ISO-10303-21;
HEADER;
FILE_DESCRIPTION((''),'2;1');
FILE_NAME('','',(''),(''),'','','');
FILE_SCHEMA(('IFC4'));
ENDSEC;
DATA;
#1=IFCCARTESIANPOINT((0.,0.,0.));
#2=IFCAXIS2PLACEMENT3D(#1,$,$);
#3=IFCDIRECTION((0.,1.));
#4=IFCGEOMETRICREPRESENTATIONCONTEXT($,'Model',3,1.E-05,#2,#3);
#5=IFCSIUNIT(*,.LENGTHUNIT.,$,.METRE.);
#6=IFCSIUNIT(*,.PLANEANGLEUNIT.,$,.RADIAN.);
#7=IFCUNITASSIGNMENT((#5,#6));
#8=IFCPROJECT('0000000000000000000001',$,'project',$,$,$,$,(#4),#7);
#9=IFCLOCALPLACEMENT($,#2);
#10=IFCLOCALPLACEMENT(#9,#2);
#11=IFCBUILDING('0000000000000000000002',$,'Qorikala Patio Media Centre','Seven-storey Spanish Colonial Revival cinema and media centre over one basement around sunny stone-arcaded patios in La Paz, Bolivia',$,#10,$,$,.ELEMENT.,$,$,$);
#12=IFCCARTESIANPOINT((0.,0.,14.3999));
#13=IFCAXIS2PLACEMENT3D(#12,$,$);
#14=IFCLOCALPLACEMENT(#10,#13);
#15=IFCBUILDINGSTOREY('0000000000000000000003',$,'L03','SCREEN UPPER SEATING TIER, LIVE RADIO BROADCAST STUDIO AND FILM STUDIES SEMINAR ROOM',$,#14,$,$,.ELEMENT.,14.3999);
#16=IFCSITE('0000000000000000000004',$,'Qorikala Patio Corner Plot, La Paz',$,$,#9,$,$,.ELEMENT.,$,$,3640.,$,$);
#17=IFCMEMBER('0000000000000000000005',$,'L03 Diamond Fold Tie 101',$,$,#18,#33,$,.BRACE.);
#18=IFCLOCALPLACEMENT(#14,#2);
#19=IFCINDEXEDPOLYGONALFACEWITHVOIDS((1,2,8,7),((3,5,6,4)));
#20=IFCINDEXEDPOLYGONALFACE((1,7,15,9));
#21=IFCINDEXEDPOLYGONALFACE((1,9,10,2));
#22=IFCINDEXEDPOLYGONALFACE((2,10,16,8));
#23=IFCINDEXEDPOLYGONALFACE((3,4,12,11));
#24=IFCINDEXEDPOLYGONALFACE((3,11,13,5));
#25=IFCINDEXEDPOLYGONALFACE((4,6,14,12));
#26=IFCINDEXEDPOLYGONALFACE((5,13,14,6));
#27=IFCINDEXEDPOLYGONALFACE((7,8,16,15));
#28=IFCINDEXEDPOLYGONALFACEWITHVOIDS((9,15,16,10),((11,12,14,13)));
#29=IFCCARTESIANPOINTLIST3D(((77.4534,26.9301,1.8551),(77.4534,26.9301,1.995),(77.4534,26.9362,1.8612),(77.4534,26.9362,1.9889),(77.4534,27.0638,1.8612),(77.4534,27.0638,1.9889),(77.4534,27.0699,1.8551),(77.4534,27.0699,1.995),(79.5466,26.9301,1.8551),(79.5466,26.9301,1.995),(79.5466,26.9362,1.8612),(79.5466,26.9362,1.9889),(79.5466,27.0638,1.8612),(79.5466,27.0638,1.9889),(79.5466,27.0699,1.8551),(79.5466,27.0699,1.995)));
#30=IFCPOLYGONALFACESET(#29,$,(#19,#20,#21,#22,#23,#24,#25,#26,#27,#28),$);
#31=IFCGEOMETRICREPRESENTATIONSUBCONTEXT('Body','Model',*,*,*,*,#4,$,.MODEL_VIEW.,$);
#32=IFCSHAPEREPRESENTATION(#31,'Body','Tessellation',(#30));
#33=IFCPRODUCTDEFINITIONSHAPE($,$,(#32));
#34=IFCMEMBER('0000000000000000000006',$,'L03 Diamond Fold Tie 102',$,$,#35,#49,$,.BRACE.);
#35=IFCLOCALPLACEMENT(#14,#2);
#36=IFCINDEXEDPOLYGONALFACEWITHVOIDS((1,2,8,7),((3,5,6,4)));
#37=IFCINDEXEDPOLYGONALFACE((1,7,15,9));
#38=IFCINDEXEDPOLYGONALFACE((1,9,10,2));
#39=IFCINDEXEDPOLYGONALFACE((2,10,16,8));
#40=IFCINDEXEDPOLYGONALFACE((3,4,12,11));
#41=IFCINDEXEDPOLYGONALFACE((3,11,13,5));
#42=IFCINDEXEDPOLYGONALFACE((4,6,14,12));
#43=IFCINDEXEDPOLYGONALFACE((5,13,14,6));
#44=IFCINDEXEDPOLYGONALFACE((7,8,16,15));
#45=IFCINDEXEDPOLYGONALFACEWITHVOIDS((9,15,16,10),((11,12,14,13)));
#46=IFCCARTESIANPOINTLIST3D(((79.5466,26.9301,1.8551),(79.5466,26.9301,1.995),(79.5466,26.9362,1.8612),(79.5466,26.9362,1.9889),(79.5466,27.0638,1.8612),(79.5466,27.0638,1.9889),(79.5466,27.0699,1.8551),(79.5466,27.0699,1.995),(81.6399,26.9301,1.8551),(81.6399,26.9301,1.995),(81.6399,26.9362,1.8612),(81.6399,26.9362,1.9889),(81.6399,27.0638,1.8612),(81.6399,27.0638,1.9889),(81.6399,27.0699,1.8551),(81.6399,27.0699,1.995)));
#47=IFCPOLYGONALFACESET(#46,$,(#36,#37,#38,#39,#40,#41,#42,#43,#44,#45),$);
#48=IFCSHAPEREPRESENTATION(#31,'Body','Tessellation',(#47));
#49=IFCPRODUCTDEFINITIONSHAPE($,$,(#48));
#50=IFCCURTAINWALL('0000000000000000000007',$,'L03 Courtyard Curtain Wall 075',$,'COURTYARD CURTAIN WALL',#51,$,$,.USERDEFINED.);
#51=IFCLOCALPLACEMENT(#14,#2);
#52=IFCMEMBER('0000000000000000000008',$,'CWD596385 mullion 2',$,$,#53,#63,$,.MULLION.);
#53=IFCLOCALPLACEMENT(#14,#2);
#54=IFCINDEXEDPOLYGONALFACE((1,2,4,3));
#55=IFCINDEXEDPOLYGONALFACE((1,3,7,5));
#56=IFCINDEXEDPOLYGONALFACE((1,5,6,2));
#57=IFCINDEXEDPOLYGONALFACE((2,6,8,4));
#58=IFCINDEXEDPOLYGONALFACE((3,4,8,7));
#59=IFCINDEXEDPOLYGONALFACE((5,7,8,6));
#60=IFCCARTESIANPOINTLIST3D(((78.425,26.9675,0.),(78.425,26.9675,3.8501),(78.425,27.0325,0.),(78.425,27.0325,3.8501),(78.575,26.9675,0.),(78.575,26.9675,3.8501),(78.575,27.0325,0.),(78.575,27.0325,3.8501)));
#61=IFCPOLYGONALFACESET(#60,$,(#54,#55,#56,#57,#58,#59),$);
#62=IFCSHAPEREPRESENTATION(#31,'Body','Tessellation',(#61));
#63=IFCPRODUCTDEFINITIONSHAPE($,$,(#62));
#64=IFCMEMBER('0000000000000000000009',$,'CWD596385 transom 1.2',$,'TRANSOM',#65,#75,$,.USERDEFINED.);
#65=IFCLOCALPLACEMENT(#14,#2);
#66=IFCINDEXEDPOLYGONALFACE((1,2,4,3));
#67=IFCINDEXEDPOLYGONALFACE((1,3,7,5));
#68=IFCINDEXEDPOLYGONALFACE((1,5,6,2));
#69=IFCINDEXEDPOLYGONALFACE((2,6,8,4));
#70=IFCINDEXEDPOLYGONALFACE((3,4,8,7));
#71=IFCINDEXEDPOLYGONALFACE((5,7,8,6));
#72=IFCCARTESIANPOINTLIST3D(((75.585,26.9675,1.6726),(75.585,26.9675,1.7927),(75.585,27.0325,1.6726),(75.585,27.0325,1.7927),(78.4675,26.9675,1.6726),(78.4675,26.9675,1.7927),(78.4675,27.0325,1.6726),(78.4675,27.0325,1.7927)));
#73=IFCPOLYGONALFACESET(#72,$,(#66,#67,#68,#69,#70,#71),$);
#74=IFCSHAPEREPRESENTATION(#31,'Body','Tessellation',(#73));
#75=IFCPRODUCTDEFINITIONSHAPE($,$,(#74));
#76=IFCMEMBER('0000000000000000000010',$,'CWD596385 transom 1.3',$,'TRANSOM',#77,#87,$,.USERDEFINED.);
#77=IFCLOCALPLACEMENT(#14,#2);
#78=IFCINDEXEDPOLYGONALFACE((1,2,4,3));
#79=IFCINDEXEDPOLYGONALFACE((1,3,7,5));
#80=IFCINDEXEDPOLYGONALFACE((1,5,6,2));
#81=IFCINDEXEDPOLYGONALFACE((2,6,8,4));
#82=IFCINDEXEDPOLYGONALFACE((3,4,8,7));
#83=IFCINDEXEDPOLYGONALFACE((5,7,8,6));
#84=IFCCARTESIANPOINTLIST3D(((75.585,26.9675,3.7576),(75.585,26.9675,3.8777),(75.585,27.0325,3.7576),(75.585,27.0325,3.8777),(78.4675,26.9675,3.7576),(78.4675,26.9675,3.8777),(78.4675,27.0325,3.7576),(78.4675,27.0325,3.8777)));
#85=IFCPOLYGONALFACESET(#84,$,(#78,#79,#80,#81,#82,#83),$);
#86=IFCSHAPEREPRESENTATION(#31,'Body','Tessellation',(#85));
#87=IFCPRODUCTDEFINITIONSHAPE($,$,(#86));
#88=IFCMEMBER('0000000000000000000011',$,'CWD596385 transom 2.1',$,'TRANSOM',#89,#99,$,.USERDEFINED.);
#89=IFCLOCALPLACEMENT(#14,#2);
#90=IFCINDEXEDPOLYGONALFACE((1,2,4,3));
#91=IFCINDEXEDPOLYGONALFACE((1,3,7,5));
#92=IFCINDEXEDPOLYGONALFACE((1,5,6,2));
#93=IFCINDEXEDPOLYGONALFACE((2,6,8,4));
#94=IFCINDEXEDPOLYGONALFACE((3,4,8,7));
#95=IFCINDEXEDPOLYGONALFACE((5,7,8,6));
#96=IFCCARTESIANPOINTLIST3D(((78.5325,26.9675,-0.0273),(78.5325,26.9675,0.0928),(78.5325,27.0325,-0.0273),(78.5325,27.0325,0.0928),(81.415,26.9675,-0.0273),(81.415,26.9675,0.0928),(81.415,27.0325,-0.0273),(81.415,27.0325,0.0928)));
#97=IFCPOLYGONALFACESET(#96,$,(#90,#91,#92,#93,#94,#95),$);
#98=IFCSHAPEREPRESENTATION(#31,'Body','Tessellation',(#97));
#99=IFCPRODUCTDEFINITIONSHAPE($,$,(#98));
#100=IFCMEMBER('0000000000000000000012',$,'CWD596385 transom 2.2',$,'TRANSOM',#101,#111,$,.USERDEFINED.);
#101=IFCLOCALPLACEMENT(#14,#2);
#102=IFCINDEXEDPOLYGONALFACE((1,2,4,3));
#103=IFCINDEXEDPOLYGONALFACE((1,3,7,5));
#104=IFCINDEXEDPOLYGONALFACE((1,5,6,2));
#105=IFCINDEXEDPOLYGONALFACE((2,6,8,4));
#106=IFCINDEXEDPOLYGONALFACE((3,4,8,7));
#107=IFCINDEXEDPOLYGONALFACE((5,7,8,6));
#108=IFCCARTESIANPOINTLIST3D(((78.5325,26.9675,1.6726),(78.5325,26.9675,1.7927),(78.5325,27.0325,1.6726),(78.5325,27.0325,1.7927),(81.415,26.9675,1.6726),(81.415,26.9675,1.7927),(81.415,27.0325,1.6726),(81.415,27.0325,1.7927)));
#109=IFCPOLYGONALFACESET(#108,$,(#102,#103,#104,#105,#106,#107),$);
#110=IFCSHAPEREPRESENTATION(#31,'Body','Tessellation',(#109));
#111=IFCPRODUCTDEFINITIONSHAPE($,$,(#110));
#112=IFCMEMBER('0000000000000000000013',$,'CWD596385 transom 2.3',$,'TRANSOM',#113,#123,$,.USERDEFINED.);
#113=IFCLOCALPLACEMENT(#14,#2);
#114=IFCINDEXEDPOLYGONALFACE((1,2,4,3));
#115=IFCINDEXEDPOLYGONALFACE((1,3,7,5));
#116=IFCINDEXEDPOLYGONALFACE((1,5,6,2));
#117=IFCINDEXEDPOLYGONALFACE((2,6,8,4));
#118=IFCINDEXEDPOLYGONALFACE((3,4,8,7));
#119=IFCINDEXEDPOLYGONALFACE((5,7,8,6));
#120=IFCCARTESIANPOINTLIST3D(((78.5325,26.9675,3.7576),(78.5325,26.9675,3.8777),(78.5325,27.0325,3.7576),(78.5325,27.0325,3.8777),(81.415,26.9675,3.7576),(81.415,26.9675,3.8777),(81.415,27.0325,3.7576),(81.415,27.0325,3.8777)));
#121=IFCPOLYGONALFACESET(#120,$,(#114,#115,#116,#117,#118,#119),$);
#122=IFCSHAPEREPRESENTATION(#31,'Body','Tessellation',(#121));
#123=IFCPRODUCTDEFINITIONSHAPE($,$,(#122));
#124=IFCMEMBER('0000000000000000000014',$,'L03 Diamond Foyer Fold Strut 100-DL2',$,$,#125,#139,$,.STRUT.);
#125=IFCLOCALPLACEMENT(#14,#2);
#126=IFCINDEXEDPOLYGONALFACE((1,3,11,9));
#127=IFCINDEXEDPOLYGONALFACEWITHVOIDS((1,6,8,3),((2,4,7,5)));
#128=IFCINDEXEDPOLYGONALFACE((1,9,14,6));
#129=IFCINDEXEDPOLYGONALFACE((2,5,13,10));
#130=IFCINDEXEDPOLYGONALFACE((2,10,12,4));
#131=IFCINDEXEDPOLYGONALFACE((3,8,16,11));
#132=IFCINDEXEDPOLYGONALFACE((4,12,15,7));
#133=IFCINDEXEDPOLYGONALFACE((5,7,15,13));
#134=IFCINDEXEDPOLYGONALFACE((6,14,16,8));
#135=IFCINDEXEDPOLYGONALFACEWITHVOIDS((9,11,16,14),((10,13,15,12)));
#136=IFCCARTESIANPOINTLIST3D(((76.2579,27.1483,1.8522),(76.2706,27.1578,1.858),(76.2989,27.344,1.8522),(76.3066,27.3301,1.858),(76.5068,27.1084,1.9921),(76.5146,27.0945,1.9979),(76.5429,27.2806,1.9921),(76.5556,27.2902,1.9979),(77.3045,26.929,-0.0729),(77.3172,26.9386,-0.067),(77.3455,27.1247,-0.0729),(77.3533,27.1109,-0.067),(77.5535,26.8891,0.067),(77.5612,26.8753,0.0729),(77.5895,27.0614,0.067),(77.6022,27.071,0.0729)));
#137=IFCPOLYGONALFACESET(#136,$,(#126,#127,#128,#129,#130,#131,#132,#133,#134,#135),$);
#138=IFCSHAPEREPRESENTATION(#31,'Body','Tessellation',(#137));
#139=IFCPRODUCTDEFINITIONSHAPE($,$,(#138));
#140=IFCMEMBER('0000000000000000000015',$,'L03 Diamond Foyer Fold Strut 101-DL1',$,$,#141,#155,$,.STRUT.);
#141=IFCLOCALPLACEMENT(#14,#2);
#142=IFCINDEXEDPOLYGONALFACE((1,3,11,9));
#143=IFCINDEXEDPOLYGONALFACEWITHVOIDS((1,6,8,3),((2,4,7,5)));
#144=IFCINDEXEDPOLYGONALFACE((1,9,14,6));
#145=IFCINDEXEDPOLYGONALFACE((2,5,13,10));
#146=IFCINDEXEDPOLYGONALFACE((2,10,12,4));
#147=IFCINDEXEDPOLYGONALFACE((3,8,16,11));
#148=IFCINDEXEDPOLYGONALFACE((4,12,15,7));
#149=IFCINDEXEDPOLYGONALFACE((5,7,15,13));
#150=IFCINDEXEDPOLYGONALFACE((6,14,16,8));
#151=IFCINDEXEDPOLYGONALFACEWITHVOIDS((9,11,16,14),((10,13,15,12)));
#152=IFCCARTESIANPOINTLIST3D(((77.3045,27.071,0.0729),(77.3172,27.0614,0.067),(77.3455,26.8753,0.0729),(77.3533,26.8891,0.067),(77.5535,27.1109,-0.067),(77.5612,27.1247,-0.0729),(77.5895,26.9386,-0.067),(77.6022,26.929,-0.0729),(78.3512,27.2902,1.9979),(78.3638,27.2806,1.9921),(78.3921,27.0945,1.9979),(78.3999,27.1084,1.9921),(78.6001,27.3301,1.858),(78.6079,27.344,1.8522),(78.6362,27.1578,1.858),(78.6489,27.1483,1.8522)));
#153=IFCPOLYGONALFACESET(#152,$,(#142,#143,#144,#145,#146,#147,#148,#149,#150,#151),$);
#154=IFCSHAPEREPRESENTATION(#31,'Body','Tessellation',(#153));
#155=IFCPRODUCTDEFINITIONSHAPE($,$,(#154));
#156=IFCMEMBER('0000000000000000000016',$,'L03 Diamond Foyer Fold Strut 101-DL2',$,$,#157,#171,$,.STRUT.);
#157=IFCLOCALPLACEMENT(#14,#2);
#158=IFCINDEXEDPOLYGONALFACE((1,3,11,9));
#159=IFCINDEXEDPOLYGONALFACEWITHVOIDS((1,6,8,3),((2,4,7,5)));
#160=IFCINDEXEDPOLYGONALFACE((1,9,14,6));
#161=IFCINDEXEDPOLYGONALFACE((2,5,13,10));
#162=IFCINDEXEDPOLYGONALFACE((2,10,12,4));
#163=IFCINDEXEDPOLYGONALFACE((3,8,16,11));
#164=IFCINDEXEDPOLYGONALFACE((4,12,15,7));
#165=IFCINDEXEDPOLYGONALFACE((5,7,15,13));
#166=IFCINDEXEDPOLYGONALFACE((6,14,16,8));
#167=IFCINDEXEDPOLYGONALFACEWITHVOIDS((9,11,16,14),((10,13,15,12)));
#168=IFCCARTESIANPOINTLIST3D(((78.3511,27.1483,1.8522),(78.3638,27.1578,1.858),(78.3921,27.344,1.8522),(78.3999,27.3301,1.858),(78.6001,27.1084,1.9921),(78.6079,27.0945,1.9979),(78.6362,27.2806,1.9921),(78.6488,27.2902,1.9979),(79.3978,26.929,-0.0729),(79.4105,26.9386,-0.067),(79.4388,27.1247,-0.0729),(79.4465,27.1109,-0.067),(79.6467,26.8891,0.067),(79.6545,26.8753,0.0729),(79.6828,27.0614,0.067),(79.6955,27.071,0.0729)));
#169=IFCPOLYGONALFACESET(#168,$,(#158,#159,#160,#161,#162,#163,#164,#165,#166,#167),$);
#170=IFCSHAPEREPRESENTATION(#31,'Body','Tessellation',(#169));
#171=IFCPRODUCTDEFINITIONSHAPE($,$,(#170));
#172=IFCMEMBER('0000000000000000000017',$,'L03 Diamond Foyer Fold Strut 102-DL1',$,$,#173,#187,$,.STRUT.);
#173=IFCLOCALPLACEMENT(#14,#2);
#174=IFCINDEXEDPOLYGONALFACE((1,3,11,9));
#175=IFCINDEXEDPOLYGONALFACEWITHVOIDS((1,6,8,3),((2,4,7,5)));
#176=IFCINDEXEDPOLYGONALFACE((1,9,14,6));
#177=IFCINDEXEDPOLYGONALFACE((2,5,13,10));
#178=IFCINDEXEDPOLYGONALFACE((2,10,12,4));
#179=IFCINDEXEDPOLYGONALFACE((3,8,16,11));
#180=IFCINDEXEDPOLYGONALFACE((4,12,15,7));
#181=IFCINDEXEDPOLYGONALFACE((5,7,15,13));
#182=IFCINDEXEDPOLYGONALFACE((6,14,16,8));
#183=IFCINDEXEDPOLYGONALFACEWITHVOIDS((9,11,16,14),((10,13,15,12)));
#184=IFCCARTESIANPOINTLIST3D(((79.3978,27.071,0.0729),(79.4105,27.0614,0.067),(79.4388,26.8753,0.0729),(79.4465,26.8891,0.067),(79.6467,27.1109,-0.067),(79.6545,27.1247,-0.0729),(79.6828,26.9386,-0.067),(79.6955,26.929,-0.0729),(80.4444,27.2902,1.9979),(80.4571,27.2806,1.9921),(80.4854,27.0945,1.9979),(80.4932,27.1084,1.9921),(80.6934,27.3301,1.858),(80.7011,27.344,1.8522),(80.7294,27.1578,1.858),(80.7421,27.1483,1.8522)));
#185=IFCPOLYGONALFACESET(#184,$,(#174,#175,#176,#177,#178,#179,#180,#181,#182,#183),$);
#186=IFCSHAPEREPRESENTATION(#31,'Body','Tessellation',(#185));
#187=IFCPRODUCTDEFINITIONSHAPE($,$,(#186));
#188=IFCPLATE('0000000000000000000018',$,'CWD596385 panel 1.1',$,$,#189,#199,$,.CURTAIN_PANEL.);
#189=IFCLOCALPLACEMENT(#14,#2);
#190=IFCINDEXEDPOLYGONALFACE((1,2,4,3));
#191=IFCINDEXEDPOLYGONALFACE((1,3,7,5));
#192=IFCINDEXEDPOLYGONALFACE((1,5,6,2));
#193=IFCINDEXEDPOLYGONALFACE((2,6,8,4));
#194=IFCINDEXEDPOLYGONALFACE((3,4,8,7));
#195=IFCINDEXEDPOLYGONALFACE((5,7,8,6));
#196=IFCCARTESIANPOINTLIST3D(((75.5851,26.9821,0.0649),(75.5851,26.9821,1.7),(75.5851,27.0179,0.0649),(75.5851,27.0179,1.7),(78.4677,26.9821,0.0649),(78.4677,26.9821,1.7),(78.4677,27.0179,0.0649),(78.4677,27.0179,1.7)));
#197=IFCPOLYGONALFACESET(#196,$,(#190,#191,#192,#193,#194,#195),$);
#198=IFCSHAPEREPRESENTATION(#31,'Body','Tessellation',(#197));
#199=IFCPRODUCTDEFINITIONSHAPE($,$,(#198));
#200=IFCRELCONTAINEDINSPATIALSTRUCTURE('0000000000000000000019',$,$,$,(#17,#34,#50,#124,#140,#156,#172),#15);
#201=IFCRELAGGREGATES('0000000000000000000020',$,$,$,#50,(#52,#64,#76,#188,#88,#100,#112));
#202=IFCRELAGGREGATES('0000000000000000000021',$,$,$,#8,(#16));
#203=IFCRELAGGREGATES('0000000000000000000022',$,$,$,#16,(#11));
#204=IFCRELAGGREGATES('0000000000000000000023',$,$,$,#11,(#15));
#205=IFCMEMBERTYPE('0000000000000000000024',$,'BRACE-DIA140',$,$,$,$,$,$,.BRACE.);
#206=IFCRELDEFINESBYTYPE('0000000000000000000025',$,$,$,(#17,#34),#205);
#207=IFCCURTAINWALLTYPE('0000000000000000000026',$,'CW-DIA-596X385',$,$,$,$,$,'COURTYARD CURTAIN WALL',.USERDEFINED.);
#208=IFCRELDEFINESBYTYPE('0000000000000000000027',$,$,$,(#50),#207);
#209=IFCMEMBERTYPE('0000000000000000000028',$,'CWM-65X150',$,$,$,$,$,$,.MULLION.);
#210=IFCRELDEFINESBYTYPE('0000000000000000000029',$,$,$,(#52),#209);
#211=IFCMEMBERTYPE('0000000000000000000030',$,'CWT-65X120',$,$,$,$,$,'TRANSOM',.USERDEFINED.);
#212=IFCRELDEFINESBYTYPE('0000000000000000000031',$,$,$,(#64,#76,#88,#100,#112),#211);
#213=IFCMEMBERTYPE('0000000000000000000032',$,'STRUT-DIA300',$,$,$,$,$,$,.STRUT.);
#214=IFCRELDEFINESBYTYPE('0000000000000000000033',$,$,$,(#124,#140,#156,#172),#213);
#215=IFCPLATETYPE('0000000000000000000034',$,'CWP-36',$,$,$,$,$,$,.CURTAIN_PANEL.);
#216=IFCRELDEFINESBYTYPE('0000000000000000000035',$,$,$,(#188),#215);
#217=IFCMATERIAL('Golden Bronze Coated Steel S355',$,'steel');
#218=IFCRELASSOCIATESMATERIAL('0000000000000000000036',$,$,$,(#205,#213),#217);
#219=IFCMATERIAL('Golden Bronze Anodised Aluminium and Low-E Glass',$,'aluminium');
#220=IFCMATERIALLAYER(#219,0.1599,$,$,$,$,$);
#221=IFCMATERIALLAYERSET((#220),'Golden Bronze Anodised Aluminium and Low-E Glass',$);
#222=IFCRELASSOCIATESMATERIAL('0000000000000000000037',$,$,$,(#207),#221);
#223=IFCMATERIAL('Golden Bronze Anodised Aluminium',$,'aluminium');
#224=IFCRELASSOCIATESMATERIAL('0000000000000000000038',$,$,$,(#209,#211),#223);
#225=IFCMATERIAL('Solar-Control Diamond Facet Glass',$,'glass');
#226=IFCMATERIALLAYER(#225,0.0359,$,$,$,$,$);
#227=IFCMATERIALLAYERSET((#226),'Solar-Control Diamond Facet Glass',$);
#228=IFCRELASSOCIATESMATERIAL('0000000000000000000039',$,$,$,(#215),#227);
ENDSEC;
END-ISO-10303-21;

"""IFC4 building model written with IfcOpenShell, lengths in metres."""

from ifc_helpers import new_model, si_unit, direction, frame, origin, origin_2d, place, context, subcontext, project, spatial, rectangle, hollow_rectangle, extrude, material, layer, layer_set, material_profile, profile_set, type_object, element, aggregate, save


model = new_model("IFC4")

# Units and contexts
model_context = context("Model", 3, precision=1e-05, world=origin(), true_north=direction((0.0, 1.0)))
body_context = subcontext(model_context, "Body", "Model", "MODEL_VIEW")
ifc_project = project(units=[si_unit("LENGTHUNIT", "METRE"), si_unit("PLANEANGLEUNIT", "RADIAN")], contexts=[model_context])

# Site, building, storey
site_placement = place(None, origin())
site = spatial("IfcSite", under=ifc_project, at=site_placement, Name="Qorikala Patio Corner Plot, La Paz", CompositionType="ELEMENT", RefElevation=3640.0)
building_placement = place(site_placement, origin())
building = spatial("IfcBuilding", under=site, at=building_placement, Name="Qorikala Patio Media Centre", Description="Seven-storey Spanish Colonial Revival cinema and media centre over one basement around sunny stone-arcaded patios in La Paz, Bolivia", CompositionType="ELEMENT")
storey_placement = place(building_placement, frame((0.0, 0.0, 14.3999)))
storey = spatial("IfcBuildingStorey", under=building, at=storey_placement, Name="L03", Description="SCREEN UPPER SEATING TIER, LIVE RADIO BROADCAST STUDIO AND FILM STUDIES SEMINAR ROOM", CompositionType="ELEMENT", Elevation=14.3999)

# Members
ifc_material_1 = material(Name="Golden Bronze Coated Steel S355", Category="steel")
ifc_material_profile_1 = material_profile(ifc_material_1, hollow_rectangle(XDim=0.1399, YDim=0.1399, WallThickness=0.0061, at=origin_2d()), Name="HSS140X140X6")
ifc_profile_set_1 = profile_set([ifc_material_profile_1], Name="Golden Bronze Coated Steel S355")
member_type_1 = type_object("IfcMemberType", Name="BRACE-DIA140", PredefinedType="BRACE", material=ifc_profile_set_1)
for number, where, z_axis, x_axis, name in (
    (1, (77.4534, 27.0, 1.925), (1.0, 0.0, 0.0), (0.0, 1.0, 0.0), "L03 Diamond Fold Tie 101"),
    (2, (79.5466, 27.0, 1.925), (1.0, 0.0, 0.0), (0.0, 1.0, 0.0), "L03 Diamond Fold Tie 102"),
):
    element("IfcMember", number, at=place(storey_placement, frame(where, z_axis=z_axis, x_axis=x_axis)), inside=storey, type_object=member_type_1, Name=name, PredefinedType="BRACE", context=body_context, shape_type="SweptSolid", body=[
        extrude(hollow_rectangle(XDim=0.1399, YDim=0.1399, WallThickness=0.0061, at=origin_2d()), origin(), (0.0, 0.0, 1.0), 2.0933),
    ])

# Curtain wall, members
ifc_material_2 = material(Name="Golden Bronze Anodised Aluminium and Low-E Glass", Category="aluminium")
ifc_layer_1 = layer(ifc_material_2, 0.1599)
ifc_layer_set_1 = layer_set([ifc_layer_1], Name="Golden Bronze Anodised Aluminium and Low-E Glass")
curtain_wall_type = type_object("IfcCurtainWallType", Name="CW-DIA-596X385", ElementType="COURTYARD CURTAIN WALL", PredefinedType="USERDEFINED", material=ifc_layer_set_1)
curtain_wall_placement = place(storey_placement, origin())
curtain_wall = element("IfcCurtainWall", 3, at=curtain_wall_placement, inside=storey, type_object=curtain_wall_type, Name="L03 Courtyard Curtain Wall 075", ObjectType="COURTYARD CURTAIN WALL", PredefinedType="USERDEFINED")
ifc_material_3 = material(Name="Golden Bronze Anodised Aluminium", Category="aluminium")
ifc_material_profile_2 = material_profile(ifc_material_3, rectangle(XDim=0.0649, YDim=0.1499, at=origin_2d()), Name="ALU MULLION 65x150")
ifc_profile_set_2 = profile_set([ifc_material_profile_2], Name="Golden Bronze Anodised Aluminium")
member_type_2 = type_object("IfcMemberType", Name="CWM-65X150", PredefinedType="MULLION", material=ifc_profile_set_2)
member_1_placement = place(storey_placement, frame((78.5, 27.0, 0.0), z_axis=(0.0, 0.0, 1.0), x_axis=(0.0, 1.0, 0.0)))
member_1 = element("IfcMember", 4, at=member_1_placement, type_object=member_type_2, Name="CWD596385 mullion 2", PredefinedType="MULLION", context=body_context, shape_type="SweptSolid", body=[
    extrude(rectangle(XDim=0.0649, YDim=0.1499, at=origin_2d()), origin(), (0.0, 0.0, 1.0), 3.8501),
])
ifc_material_profile_3 = material_profile(ifc_material_3, rectangle(XDim=0.0649, YDim=0.1201, at=origin_2d()), Name="ALU TRANSOM 65x120")
ifc_profile_set_3 = profile_set([ifc_material_profile_3], Name="Golden Bronze Anodised Aluminium")
member_type_3 = type_object("IfcMemberType", Name="CWT-65X120", ElementType="TRANSOM", PredefinedType="USERDEFINED", material=ifc_profile_set_3)
member_2_placement = place(storey_placement, frame((75.585, 27.0, 1.7327), z_axis=(1.0, 0.0, 0.0), x_axis=(0.0, 1.0, 0.0)))
member_2 = element("IfcMember", 5, at=member_2_placement, type_object=member_type_3, Name="CWD596385 transom 1.2", ObjectType="TRANSOM", PredefinedType="USERDEFINED", context=body_context, shape_type="SweptSolid", body=[
    extrude(rectangle(XDim=0.0649, YDim=0.1201, at=origin_2d()), origin(), (0.0, 0.0, 1.0), 2.8826),
])
member_3_placement = place(storey_placement, frame((75.585, 27.0, 3.8176), z_axis=(1.0, 0.0, 0.0), x_axis=(0.0, 1.0, 0.0)))
member_3 = element("IfcMember", 6, at=member_3_placement, type_object=member_type_3, Name="CWD596385 transom 1.3", ObjectType="TRANSOM", PredefinedType="USERDEFINED", context=body_context, shape_type="SweptSolid", body=[
    extrude(rectangle(XDim=0.0649, YDim=0.1201, at=origin_2d()), origin(), (0.0, 0.0, 1.0), 2.8826),
])
member_4_placement = place(storey_placement, frame((78.5325, 27.0, 0.0327), z_axis=(1.0, 0.0, 0.0), x_axis=(0.0, 1.0, 0.0)))
member_4 = element("IfcMember", 7, at=member_4_placement, type_object=member_type_3, Name="CWD596385 transom 2.1", ObjectType="TRANSOM", PredefinedType="USERDEFINED", context=body_context, shape_type="SweptSolid", body=[
    extrude(rectangle(XDim=0.0649, YDim=0.1201, at=origin_2d()), origin(), (0.0, 0.0, 1.0), 2.8826),
])
member_5_placement = place(storey_placement, frame((78.5325, 27.0, 1.7327), z_axis=(1.0, 0.0, 0.0), x_axis=(0.0, 1.0, 0.0)))
member_5 = element("IfcMember", 8, at=member_5_placement, type_object=member_type_3, Name="CWD596385 transom 2.2", ObjectType="TRANSOM", PredefinedType="USERDEFINED", context=body_context, shape_type="SweptSolid", body=[
    extrude(rectangle(XDim=0.0649, YDim=0.1201, at=origin_2d()), origin(), (0.0, 0.0, 1.0), 2.8826),
])
member_6_placement = place(storey_placement, frame((78.5325, 27.0, 3.8176), z_axis=(1.0, 0.0, 0.0), x_axis=(0.0, 1.0, 0.0)))
member_6 = element("IfcMember", 9, at=member_6_placement, type_object=member_type_3, Name="CWD596385 transom 2.3", ObjectType="TRANSOM", PredefinedType="USERDEFINED", context=body_context, shape_type="SweptSolid", body=[
    extrude(rectangle(XDim=0.0649, YDim=0.1201, at=origin_2d()), origin(), (0.0, 0.0, 1.0), 2.8826),
])

# Members
ifc_material_profile_4 = material_profile(ifc_material_1, hollow_rectangle(XDim=0.2, YDim=0.3, WallThickness=0.012, at=origin_2d()), Name="HSS300X200X12")
ifc_profile_set_4 = profile_set([ifc_material_profile_4], Name="Golden Bronze Coated Steel S355")
member_type_4 = type_object("IfcMemberType", Name="STRUT-DIA300", PredefinedType="STRUT", material=ifc_profile_set_4)
for number, where, z_axis, x_axis, name in (
    (10, (77.4534, 27.0, 0.0), (-0.475284, 0.099558, 0.874181), (-0.205021, -0.978758, 0.0), "L03 Diamond Foyer Fold Strut 100-DL2"),
    (11, (77.4534, 27.0, 0.0), (0.475284, 0.099558, 0.874181), (-0.205021, 0.978758, 0.0), "L03 Diamond Foyer Fold Strut 101-DL1"),
    (12, (79.5466, 27.0, 0.0), (-0.475284, 0.099558, 0.874181), (-0.205021, -0.978758, 0.0), "L03 Diamond Foyer Fold Strut 101-DL2"),
    (13, (79.5466, 27.0, 0.0), (0.475284, 0.099558, 0.874181), (-0.205021, 0.978758, 0.0), "L03 Diamond Foyer Fold Strut 102-DL1"),
):
    element("IfcMember", number, at=place(storey_placement, frame(where, z_axis=z_axis, x_axis=x_axis)), inside=storey, type_object=member_type_4, Name=name, PredefinedType="STRUT", context=body_context, shape_type="SweptSolid", body=[
        extrude(hollow_rectangle(XDim=0.2, YDim=0.3, WallThickness=0.012, at=origin_2d()), origin(), (0.0, 0.0, 1.0), 2.2021),
    ])

# Plate
ifc_material_4 = material(Name="Solar-Control Diamond Facet Glass", Category="glass")
ifc_layer_2 = layer(ifc_material_4, 0.0359)
ifc_layer_set_2 = layer_set([ifc_layer_2], Name="Solar-Control Diamond Facet Glass")
plate_type = type_object("IfcPlateType", Name="CWP-36", PredefinedType="CURTAIN_PANEL", material=ifc_layer_set_2)
plate_1_placement = place(storey_placement, frame((77.0264, 27.0, 0.0649), z_axis=(0.0, 0.0, 1.0), x_axis=(1.0, 0.0, 0.0)))
plate_1 = element("IfcPlate", 14, at=plate_1_placement, type_object=plate_type, Name="CWD596385 panel 1.1", PredefinedType="CURTAIN_PANEL", context=body_context, shape_type="SweptSolid", body=[
    extrude(rectangle(XDim=2.8826, YDim=0.0359, at=origin_2d()), origin(), (0.0, 0.0, 1.0), 1.635),
])
aggregate(curtain_wall, [member_1, member_2, member_3, plate_1, member_4, member_5, member_6])

save(model, "model.ifc")
